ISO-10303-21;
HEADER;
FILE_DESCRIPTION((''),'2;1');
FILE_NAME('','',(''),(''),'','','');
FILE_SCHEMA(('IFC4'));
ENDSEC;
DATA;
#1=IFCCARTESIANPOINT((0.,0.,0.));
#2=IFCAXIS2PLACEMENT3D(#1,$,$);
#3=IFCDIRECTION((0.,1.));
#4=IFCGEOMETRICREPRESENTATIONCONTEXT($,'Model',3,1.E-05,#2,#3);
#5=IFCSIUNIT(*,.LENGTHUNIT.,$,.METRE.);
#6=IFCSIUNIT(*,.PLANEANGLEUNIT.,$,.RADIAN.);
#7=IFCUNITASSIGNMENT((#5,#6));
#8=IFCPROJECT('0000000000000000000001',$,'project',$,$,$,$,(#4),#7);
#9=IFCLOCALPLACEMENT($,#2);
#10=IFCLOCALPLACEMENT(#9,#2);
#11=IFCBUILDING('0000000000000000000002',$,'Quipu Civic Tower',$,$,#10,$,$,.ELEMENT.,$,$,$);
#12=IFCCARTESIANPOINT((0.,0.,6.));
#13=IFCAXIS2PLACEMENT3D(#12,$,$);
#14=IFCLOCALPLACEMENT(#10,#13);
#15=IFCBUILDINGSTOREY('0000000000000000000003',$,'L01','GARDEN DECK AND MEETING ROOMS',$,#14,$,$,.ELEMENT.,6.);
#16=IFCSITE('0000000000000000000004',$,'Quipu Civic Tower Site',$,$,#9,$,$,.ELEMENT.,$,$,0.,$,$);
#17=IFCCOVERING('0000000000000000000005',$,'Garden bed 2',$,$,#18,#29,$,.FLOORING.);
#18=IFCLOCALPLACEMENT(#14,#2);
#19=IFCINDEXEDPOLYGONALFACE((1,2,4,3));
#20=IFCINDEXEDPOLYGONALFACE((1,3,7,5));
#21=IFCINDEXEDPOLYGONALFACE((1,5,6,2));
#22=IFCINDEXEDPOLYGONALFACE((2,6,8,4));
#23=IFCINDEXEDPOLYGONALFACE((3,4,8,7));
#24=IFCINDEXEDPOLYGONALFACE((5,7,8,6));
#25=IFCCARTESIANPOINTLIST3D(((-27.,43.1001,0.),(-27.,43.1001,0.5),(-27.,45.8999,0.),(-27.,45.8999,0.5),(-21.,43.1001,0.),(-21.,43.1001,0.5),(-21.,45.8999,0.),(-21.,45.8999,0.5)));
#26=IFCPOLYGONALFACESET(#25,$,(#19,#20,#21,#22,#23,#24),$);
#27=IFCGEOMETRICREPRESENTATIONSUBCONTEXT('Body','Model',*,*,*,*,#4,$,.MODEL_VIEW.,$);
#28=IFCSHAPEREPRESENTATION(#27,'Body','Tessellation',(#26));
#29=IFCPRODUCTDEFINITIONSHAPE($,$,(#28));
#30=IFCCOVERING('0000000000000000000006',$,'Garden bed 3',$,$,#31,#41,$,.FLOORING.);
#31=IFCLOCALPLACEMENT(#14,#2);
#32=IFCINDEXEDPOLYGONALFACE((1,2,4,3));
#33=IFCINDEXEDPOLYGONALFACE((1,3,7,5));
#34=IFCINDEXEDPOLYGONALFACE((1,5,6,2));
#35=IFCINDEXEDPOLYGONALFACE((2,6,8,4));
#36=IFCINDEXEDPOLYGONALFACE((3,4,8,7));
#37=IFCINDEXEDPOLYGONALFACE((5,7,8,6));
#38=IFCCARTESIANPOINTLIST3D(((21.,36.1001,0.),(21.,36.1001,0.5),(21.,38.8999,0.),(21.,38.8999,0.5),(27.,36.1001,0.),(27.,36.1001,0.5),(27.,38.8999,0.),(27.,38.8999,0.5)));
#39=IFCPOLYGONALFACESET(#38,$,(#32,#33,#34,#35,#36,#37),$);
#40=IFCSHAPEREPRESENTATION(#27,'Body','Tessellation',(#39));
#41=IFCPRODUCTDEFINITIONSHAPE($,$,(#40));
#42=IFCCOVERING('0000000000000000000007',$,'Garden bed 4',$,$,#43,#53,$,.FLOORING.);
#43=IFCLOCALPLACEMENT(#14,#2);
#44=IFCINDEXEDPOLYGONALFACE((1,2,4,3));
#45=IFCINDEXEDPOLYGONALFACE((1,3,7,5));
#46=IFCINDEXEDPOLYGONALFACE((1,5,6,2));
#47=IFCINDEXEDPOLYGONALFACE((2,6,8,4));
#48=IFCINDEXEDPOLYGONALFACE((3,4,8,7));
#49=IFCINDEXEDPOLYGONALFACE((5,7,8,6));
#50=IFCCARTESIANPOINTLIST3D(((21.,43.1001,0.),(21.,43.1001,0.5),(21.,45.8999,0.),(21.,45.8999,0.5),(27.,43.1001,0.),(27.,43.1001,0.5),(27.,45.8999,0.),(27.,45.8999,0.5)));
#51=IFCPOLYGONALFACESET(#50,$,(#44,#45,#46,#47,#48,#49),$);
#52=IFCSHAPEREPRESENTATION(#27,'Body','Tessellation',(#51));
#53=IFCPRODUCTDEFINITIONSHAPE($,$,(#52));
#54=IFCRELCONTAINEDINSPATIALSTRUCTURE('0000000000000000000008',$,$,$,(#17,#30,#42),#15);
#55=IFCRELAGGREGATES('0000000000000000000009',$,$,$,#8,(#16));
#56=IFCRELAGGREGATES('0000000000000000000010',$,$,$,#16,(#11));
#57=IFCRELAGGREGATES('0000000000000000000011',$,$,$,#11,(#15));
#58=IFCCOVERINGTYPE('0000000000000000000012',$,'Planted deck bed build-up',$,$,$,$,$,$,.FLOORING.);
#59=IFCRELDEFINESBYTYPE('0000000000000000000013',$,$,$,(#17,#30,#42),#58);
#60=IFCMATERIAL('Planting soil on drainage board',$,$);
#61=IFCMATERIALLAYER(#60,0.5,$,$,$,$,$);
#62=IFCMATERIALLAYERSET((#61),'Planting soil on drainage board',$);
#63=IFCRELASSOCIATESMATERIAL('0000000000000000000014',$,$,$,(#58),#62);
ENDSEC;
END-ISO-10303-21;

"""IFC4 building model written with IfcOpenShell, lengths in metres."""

from ifc_helpers import new_model, si_unit, direction, frame, origin, place, context, subcontext, project, spatial, polyline, outline, extrude, material, layer, layer_set, type_object, element, save


model = new_model("IFC4")

# Units and contexts
model_context = context("Model", 3, precision=1e-05, world=origin(), true_north=direction((0.0, 1.0)))
body_context = subcontext(model_context, "Body", "Model", "MODEL_VIEW")
ifc_project = project(units=[si_unit("LENGTHUNIT", "METRE"), si_unit("PLANEANGLEUNIT", "RADIAN")], contexts=[model_context])

# Site, building, storey
site_placement = place(None, origin())
site = spatial("IfcSite", under=ifc_project, at=site_placement, Name="Quipu Civic Tower Site", CompositionType="ELEMENT", RefElevation=0.0)
building_placement = place(site_placement, origin())
building = spatial("IfcBuilding", under=site, at=building_placement, Name="Quipu Civic Tower", CompositionType="ELEMENT")
storey_placement = place(building_placement, frame((0.0, 0.0, 6.0)))
storey = spatial("IfcBuildingStorey", under=building, at=storey_placement, Name="L01", Description="GARDEN DECK AND MEETING ROOMS", CompositionType="ELEMENT", Elevation=6.0)

# Coverings
ifc_material_1 = material(Name="Planting soil on drainage board")
ifc_layer_1 = layer(ifc_material_1, 0.5)
ifc_layer_set_1 = layer_set([ifc_layer_1], Name="Planting soil on drainage board")
covering_type = type_object("IfcCoveringType", Name="Planted deck bed build-up", PredefinedType="FLOORING", material=ifc_layer_set_1)
covering_1_placement = place(storey_placement, origin())
element("IfcCovering", 1, at=covering_1_placement, inside=storey, type_object=covering_type, Name="Garden bed 2", PredefinedType="FLOORING", context=body_context, shape_type="SweptSolid", body=[
    extrude(outline(polyline([(-27.0, 45.8999), (-21.0, 45.8999), (-21.0, 43.1001), (-27.0, 43.1001), (-27.0, 45.8999)])), origin(), (0.0, 0.0, 1.0), 0.5),
])
covering_2_placement = place(storey_placement, origin())
element("IfcCovering", 2, at=covering_2_placement, inside=storey, type_object=covering_type, Name="Garden bed 3", PredefinedType="FLOORING", context=body_context, shape_type="SweptSolid", body=[
    extrude(outline(polyline([(21.0, 38.8999), (27.0, 38.8999), (27.0, 36.1001), (21.0, 36.1001), (21.0, 38.8999)])), origin(), (0.0, 0.0, 1.0), 0.5),
])
covering_3_placement = place(storey_placement, origin())
element("IfcCovering", 3, at=covering_3_placement, inside=storey, type_object=covering_type, Name="Garden bed 4", PredefinedType="FLOORING", context=body_context, shape_type="SweptSolid", body=[
    extrude(outline(polyline([(21.0, 45.8999), (27.0, 45.8999), (27.0, 43.1001), (21.0, 43.1001), (21.0, 45.8999)])), origin(), (0.0, 0.0, 1.0), 0.5),
])

save(model, "model.ifc")
